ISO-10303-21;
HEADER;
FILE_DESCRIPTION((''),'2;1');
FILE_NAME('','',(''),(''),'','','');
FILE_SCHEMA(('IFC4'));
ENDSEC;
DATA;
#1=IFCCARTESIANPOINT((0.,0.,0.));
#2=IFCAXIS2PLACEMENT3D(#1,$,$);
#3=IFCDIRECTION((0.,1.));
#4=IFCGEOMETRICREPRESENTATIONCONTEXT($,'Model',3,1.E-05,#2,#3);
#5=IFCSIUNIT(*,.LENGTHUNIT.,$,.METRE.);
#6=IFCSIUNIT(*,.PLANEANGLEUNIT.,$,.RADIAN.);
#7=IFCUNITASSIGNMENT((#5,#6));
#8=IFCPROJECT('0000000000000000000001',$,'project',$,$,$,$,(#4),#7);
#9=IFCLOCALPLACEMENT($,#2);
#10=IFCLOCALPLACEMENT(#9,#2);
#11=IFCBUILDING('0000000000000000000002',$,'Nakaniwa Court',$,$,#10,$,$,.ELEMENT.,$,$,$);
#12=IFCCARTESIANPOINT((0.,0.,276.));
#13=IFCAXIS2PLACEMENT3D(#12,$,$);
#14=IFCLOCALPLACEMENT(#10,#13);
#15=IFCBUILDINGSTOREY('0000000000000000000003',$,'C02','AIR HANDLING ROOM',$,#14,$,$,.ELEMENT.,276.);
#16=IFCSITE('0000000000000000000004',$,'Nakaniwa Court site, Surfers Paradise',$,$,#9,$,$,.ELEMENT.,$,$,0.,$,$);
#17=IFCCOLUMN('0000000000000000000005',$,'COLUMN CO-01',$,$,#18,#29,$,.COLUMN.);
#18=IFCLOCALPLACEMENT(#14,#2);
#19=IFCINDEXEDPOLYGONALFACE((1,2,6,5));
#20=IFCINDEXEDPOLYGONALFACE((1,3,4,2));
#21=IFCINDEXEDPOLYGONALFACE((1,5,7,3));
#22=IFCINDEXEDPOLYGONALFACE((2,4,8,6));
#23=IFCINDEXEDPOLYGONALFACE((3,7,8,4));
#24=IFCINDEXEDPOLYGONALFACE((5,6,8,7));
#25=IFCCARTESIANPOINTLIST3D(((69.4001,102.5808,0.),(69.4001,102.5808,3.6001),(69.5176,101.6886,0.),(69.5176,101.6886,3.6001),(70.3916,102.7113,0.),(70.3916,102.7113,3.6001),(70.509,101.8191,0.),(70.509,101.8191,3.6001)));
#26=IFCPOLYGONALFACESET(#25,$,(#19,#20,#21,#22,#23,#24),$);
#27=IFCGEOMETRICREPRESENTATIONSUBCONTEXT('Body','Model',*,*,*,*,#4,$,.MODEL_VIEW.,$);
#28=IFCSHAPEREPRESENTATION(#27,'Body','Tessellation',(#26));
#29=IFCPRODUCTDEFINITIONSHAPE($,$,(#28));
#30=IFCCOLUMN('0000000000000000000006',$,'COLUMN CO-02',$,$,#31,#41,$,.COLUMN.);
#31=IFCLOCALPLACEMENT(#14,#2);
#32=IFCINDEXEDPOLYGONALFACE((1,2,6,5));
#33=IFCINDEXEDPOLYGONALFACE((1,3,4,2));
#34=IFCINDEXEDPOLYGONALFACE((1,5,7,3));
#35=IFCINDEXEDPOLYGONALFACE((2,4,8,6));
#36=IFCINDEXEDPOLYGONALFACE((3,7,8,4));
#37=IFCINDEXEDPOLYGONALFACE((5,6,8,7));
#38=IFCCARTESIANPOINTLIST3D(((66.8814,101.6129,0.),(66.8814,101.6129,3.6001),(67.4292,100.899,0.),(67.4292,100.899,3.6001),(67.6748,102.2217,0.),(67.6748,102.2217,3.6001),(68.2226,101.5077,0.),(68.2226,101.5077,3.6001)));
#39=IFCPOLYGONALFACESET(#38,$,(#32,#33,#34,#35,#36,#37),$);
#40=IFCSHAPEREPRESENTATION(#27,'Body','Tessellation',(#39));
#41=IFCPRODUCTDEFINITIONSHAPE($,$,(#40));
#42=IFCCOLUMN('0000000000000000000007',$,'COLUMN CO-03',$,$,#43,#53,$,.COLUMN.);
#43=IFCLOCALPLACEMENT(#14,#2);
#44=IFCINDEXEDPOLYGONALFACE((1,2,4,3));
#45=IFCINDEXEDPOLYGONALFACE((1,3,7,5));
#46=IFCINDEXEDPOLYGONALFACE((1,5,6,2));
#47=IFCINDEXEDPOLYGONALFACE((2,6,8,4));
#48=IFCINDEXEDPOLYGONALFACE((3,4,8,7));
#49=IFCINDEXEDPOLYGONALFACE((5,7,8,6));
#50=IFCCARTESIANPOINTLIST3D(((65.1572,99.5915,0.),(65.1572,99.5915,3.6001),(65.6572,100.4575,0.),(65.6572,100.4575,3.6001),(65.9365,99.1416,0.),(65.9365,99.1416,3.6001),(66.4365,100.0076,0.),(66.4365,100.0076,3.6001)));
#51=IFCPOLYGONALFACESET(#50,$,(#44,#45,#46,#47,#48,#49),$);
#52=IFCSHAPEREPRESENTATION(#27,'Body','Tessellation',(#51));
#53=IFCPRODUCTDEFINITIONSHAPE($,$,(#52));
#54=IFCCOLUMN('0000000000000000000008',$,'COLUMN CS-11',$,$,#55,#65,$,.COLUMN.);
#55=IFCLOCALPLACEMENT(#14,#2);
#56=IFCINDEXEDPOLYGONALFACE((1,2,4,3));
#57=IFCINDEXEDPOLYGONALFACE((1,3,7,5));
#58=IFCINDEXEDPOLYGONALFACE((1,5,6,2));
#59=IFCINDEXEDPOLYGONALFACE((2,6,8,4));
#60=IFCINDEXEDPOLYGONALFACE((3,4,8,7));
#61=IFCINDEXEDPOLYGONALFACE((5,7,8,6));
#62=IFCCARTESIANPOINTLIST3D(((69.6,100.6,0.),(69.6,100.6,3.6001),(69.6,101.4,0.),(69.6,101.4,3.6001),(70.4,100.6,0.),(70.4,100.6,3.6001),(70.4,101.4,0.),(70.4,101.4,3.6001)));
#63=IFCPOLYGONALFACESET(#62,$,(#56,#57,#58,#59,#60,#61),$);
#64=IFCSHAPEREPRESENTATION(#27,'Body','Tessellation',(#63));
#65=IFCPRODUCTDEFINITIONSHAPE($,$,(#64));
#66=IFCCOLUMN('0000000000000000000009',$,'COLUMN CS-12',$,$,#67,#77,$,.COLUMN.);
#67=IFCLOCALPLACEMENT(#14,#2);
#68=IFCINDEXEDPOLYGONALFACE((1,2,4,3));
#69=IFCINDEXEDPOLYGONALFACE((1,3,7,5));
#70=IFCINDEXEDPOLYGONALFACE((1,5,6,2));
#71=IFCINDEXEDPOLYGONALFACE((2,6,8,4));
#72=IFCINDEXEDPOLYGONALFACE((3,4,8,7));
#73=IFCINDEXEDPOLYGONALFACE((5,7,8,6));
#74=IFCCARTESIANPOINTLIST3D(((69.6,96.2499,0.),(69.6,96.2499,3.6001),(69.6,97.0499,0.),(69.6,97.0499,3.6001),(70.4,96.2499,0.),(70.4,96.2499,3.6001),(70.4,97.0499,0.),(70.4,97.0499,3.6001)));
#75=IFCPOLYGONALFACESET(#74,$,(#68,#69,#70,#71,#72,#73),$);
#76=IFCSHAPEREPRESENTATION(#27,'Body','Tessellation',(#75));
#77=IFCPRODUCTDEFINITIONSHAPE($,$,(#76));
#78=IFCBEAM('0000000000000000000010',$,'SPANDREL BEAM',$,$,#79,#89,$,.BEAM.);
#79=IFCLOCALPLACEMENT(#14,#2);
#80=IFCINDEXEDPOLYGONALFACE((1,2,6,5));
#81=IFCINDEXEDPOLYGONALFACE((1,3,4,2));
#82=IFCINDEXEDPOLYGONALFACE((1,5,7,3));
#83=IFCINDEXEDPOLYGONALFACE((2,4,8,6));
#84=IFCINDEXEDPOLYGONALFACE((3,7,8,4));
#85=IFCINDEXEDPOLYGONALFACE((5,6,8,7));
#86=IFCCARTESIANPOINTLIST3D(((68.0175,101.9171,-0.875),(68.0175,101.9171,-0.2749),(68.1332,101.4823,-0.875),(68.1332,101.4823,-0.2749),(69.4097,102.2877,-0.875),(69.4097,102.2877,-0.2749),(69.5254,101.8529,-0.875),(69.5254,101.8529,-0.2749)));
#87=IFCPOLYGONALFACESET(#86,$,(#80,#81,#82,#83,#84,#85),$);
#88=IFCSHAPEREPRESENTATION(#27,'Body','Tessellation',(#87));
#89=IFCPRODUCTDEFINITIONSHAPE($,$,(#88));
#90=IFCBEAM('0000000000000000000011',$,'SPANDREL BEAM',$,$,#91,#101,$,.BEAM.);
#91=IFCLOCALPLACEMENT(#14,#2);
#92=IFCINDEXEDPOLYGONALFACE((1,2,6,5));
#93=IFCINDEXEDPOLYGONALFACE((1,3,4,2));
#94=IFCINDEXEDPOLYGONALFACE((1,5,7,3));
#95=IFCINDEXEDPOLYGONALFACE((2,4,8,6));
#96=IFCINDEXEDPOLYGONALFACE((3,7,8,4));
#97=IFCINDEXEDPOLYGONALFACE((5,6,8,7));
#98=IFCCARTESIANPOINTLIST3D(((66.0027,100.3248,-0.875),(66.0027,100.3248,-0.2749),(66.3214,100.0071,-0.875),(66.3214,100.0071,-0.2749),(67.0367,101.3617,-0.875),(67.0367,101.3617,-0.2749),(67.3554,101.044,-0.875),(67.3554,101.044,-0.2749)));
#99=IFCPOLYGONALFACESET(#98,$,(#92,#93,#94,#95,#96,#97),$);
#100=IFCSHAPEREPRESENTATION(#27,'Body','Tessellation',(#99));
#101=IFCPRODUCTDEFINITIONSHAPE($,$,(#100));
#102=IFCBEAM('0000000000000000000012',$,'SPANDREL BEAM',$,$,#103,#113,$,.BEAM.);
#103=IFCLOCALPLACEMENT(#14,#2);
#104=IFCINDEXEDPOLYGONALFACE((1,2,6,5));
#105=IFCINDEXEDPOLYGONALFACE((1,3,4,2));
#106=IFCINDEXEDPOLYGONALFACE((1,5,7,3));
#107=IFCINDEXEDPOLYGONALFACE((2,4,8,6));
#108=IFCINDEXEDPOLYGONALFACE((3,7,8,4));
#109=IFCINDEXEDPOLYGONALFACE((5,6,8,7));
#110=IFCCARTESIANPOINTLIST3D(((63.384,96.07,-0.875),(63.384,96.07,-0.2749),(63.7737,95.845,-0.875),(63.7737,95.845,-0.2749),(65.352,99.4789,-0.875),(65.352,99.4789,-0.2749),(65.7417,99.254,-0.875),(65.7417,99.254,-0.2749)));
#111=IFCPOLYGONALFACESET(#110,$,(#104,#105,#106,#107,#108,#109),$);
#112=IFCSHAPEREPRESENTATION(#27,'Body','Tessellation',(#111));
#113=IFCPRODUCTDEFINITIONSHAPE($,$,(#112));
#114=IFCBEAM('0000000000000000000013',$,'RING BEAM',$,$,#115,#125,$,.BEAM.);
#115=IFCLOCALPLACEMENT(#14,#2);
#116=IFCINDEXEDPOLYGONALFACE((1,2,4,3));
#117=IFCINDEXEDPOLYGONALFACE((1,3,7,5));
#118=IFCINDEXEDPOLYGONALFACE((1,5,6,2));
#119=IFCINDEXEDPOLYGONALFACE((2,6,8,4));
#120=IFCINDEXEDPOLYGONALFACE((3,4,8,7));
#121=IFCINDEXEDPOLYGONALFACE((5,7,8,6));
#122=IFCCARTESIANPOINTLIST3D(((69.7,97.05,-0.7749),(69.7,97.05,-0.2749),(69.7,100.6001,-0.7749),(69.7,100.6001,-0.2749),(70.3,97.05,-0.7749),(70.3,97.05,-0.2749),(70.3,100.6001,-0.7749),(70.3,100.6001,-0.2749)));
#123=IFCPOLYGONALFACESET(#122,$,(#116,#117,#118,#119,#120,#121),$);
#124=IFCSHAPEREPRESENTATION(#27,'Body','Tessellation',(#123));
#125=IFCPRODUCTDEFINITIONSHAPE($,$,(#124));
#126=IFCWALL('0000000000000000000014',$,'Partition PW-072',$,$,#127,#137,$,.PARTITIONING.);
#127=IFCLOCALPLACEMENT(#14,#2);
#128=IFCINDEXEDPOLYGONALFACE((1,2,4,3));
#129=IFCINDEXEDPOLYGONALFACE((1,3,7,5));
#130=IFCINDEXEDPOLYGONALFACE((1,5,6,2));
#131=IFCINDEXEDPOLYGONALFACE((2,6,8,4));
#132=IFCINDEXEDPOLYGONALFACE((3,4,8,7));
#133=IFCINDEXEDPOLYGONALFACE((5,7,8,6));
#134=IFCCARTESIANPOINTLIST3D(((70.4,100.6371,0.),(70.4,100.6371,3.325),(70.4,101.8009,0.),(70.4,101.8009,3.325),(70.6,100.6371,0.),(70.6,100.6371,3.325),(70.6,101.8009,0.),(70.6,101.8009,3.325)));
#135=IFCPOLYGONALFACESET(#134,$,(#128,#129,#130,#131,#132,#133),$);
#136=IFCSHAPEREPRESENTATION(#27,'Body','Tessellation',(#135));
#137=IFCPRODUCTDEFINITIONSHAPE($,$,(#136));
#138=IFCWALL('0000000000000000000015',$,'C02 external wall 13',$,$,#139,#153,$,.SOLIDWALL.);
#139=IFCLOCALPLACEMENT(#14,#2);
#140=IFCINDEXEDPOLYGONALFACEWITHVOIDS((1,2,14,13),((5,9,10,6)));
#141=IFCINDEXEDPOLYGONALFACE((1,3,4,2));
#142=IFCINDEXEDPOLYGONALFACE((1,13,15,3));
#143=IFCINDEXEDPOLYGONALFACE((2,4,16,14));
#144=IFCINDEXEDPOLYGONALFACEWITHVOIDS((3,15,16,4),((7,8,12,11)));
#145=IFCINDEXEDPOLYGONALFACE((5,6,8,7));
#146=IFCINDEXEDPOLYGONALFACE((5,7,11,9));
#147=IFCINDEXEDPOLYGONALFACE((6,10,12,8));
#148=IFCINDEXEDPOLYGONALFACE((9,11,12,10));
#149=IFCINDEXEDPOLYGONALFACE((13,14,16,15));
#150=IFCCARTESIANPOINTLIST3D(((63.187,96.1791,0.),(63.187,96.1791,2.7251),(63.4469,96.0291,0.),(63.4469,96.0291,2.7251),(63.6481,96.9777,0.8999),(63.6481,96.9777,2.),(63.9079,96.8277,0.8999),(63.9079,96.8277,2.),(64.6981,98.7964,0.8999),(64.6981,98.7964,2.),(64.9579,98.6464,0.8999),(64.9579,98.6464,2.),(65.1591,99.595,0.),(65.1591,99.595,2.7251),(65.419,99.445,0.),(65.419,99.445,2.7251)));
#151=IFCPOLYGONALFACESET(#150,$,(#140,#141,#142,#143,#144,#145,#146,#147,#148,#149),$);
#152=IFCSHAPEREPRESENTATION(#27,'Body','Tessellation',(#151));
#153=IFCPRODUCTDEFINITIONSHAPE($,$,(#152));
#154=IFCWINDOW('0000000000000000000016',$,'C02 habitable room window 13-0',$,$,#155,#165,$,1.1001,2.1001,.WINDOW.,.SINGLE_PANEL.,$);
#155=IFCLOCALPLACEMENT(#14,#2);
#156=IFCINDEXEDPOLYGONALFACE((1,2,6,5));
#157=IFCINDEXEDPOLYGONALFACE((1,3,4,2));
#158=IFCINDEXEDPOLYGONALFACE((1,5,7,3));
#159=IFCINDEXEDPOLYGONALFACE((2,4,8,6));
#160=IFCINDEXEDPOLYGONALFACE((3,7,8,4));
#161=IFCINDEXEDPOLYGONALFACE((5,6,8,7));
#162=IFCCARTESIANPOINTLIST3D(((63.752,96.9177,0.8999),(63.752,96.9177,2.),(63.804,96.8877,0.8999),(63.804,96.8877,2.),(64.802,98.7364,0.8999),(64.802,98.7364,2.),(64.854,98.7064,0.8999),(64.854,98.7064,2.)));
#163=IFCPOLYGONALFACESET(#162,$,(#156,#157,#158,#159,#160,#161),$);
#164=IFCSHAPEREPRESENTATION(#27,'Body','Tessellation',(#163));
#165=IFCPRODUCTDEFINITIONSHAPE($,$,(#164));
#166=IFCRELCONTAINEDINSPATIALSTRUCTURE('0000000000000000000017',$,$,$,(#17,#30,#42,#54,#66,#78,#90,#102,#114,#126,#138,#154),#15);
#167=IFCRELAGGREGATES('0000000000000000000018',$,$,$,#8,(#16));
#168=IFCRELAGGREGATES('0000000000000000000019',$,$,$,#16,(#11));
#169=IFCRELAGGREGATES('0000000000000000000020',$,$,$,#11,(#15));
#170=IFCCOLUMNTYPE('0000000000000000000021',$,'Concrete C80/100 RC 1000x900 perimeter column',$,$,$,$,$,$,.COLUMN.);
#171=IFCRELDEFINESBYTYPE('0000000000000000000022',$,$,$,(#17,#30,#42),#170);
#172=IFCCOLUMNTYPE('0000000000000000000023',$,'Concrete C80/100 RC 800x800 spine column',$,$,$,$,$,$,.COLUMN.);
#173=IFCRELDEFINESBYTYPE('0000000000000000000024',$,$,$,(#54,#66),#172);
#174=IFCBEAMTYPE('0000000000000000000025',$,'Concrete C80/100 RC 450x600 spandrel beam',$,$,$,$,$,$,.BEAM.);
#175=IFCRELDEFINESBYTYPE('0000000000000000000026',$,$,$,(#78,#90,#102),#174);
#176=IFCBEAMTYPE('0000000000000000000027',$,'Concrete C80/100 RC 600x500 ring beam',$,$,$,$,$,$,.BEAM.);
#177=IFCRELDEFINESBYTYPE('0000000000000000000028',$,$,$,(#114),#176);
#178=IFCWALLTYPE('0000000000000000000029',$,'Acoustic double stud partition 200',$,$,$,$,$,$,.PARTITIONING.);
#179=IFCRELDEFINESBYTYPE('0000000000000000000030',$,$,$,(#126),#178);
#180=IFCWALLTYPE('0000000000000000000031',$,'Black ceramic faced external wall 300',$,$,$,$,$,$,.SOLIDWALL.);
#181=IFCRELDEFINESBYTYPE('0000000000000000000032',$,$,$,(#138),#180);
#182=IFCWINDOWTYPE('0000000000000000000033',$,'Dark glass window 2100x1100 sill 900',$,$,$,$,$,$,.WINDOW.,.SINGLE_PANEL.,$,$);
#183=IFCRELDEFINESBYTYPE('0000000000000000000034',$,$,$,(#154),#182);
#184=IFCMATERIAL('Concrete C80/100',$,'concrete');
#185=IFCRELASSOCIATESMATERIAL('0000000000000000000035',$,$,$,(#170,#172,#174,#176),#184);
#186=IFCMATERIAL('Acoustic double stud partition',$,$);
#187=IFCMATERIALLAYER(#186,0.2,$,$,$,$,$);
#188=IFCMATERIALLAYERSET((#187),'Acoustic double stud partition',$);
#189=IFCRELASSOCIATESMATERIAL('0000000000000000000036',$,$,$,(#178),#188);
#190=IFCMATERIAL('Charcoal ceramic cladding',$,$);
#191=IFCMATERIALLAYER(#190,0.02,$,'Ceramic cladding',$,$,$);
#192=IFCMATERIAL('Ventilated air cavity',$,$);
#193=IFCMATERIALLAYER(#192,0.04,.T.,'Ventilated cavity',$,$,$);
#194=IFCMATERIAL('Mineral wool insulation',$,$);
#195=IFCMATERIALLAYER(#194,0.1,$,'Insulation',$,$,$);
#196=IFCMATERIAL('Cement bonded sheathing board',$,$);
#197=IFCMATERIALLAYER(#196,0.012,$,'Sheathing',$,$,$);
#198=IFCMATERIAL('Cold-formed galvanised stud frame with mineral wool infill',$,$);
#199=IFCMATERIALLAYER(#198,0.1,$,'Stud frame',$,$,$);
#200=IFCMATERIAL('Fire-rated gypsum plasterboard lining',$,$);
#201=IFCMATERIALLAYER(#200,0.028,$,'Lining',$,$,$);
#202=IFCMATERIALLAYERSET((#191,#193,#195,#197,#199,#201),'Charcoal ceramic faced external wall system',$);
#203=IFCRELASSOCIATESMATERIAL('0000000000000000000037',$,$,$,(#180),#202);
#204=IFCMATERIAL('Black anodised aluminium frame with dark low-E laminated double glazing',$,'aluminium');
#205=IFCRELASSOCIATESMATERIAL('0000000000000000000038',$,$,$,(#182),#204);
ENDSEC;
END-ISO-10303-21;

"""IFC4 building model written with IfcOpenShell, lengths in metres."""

from ifc_helpers import new_model, si_unit, direction, frame, frame_2d, origin, origin_2d, place, context, subcontext, project, spatial, rectangle, extrude, material, layer, layer_set, material_profile, profile_set, type_object, element, fill, save


model = new_model("IFC4")

# Units and contexts
model_context = context("Model", 3, precision=1e-05, world=origin(), true_north=direction((0.0, 1.0)))
body_context = subcontext(model_context, "Body", "Model", "MODEL_VIEW")
ifc_project = project(units=[si_unit("LENGTHUNIT", "METRE"), si_unit("PLANEANGLEUNIT", "RADIAN")], contexts=[model_context])

# Site, building, storey
site_placement = place(None, origin())
site = spatial("IfcSite", under=ifc_project, at=site_placement, Name="Nakaniwa Court site, Surfers Paradise", CompositionType="ELEMENT", RefElevation=0.0)
building_placement = place(site_placement, origin())
building = spatial("IfcBuilding", under=site, at=building_placement, Name="Nakaniwa Court", CompositionType="ELEMENT")
storey_placement = place(building_placement, frame((0.0, 0.0, 276.0)))
storey = spatial("IfcBuildingStorey", under=building, at=storey_placement, Name="C02", Description="AIR HANDLING ROOM", CompositionType="ELEMENT", Elevation=276.0)

# Columns
ifc_material_1 = material(Name="Concrete C80/100", Category="concrete")
ifc_material_profile_1 = material_profile(ifc_material_1, rectangle(XDim=1.0, YDim=0.8999, at=origin_2d()), Name="Concrete C80/100 RC 1000x900 perimeter column")
ifc_profile_set_1 = profile_set([ifc_material_profile_1], Name="Concrete C80/100")
column_type_1 = type_object("IfcColumnType", Name="Concrete C80/100 RC 1000x900 perimeter column", PredefinedType="COLUMN", material=ifc_profile_set_1)
for number, where, z_axis, x_axis, name in (
    (1, (69.9546, 102.2, 0.0), (0.0, 0.0, 1.0), (-0.991443, -0.130543, 0.0), "COLUMN CO-01"),
    (2, (67.552, 101.5603, 0.0), (0.0, 0.0, 1.0), (-0.793364, -0.608748, 0.0), "COLUMN CO-02"),
    (3, (65.7969, 99.7996, 0.0), (0.0, 0.0, 1.0), (-0.5, -0.866025, 0.0), "COLUMN CO-03"),
):
    element("IfcColumn", number, at=place(storey_placement, frame(where, z_axis=z_axis, x_axis=x_axis)), inside=storey, type_object=column_type_1, Name=name, PredefinedType="COLUMN", context=body_context, shape_type="SweptSolid", body=[
        extrude(rectangle(XDim=1.0, YDim=0.8999, at=origin_2d()), origin(), (0.0, 0.0, 1.0), 3.6001),
    ])
ifc_material_profile_2 = material_profile(ifc_material_1, rectangle(XDim=0.8, YDim=0.8, at=origin_2d()), Name="Concrete C80/100 RC 800x800 spine column")
ifc_profile_set_2 = profile_set([ifc_material_profile_2], Name="Concrete C80/100")
column_type_2 = type_object("IfcColumnType", Name="Concrete C80/100 RC 800x800 spine column", PredefinedType="COLUMN", material=ifc_profile_set_2)
for number, where, z_axis, x_axis, name in (
    (4, (70.0, 101.0, 0.0), (0.0, 0.0, 1.0), (0.0, -1.0, 0.0), "COLUMN CS-11"),
    (5, (70.0, 96.6499, 0.0), (0.0, 0.0, 1.0), (0.0, -1.0, 0.0), "COLUMN CS-12"),
):
    element("IfcColumn", number, at=place(storey_placement, frame(where, z_axis=z_axis, x_axis=x_axis)), inside=storey, type_object=column_type_2, Name=name, PredefinedType="COLUMN", context=body_context, shape_type="SweptSolid", body=[
        extrude(rectangle(XDim=0.8, YDim=0.8, at=origin_2d()), origin(), (0.0, 0.0, 1.0), 3.6001),
    ])

# Beams
ifc_material_profile_3 = material_profile(ifc_material_1, rectangle(XDim=0.45, YDim=0.6001, at=origin_2d()), Name="Concrete C80/100 RC 450x600 spandrel beam")
ifc_profile_set_3 = profile_set([ifc_material_profile_3], Name="Concrete C80/100")
beam_type_1 = type_object("IfcBeamType", Name="Concrete C80/100 RC 450x600 spandrel beam", PredefinedType="BEAM", material=ifc_profile_set_3)
beam_1_placement = place(storey_placement, frame((69.4675, 102.0703, -0.575), z_axis=(-0.966342, -0.257262, 0.0), x_axis=(0.257262, -0.966342, 0.0)))
element("IfcBeam", 6, at=beam_1_placement, inside=storey, type_object=beam_type_1, Name="SPANDREL BEAM", PredefinedType="BEAM", context=body_context, shape_type="SweptSolid", body=[
    extrude(rectangle(XDim=0.45, YDim=0.6001, at=origin_2d()), origin(), (0.0, 0.0, 1.0), 1.4407),
])
beam_2_placement = place(storey_placement, frame((67.196, 101.2029, -0.575), z_axis=(-0.706106, -0.708106, 0.0), x_axis=(0.708106, -0.706106, 0.0)))
element("IfcBeam", 7, at=beam_2_placement, inside=storey, type_object=beam_type_1, Name="SPANDREL BEAM", PredefinedType="BEAM", context=body_context, shape_type="SweptSolid", body=[
    extrude(rectangle(XDim=0.45, YDim=0.6001, at=origin_2d()), origin(), (0.0, 0.0, 1.0), 1.4644),
])
beam_3_placement = place(storey_placement, frame((65.5469, 99.3665, -0.575), z_axis=(-0.499975, -0.86604, 0.0), x_axis=(0.86604, -0.499975, 0.0)))
element("IfcBeam", 8, at=beam_3_placement, inside=storey, type_object=beam_type_1, Name="SPANDREL BEAM", PredefinedType="BEAM", context=body_context, shape_type="SweptSolid", body=[
    extrude(rectangle(XDim=0.45, YDim=0.6001, at=origin_2d()), origin(), (0.0, 0.0, 1.0), 3.9363),
])
ifc_material_profile_4 = material_profile(ifc_material_1, rectangle(XDim=0.6001, YDim=0.5, at=origin_2d()), Name="Concrete C80/100 RC 600x500 ring beam")
ifc_profile_set_4 = profile_set([ifc_material_profile_4], Name="Concrete C80/100")
beam_type_2 = type_object("IfcBeamType", Name="Concrete C80/100 RC 600x500 ring beam", PredefinedType="BEAM", material=ifc_profile_set_4)
beam_4_placement = place(storey_placement, frame((70.0, 100.6001, -0.5249), z_axis=(0.0, -1.0, 0.0), x_axis=(1.0, 0.0, 0.0)))
element("IfcBeam", 9, at=beam_4_placement, inside=storey, type_object=beam_type_2, Name="RING BEAM", PredefinedType="BEAM", context=body_context, shape_type="SweptSolid", body=[
    extrude(rectangle(XDim=0.6001, YDim=0.5, at=origin_2d()), origin(), (0.0, 0.0, 1.0), 3.55),
])

# Wall
ifc_material_2 = material(Name="Acoustic double stud partition")
ifc_layer_1 = layer(ifc_material_2, 0.2)
ifc_layer_set_1 = layer_set([ifc_layer_1], Name="Acoustic double stud partition")
wall_type_1 = type_object("IfcWallType", Name="Acoustic double stud partition 200", PredefinedType="PARTITIONING", material=ifc_layer_set_1)
wall_1_placement = place(storey_placement, frame((70.5, 100.637, 0.0), z_axis=(0.0, 0.0, 1.0), x_axis=(0.0, 1.0, 0.0)))
element("IfcWall", 10, at=wall_1_placement, inside=storey, type_object=wall_type_1, Name="Partition PW-072", PredefinedType="PARTITIONING", context=body_context, shape_type="SweptSolid", body=[
    extrude(rectangle(XDim=1.1638, YDim=0.2, at=frame_2d((0.582, 0.0))), origin(), (0.0, 0.0, 1.0), 3.325),
])

# Wall, opening, window
ifc_material_3 = material(Name="Charcoal ceramic cladding")
ifc_layer_2 = layer(ifc_material_3, 0.02, Name="Ceramic cladding")
ifc_material_4 = material(Name="Ventilated air cavity")
ifc_layer_3 = layer(ifc_material_4, 0.04, ventilated=True, Name="Ventilated cavity")
ifc_material_5 = material(Name="Mineral wool insulation")
ifc_layer_4 = layer(ifc_material_5, 0.1, Name="Insulation")
ifc_material_6 = material(Name="Cement bonded sheathing board")
ifc_layer_5 = layer(ifc_material_6, 0.012, Name="Sheathing")
ifc_material_7 = material(Name="Cold-formed galvanised stud frame with mineral wool infill")
ifc_layer_6 = layer(ifc_material_7, 0.1, Name="Stud frame")
ifc_material_8 = material(Name="Fire-rated gypsum plasterboard lining")
ifc_layer_7 = layer(ifc_material_8, 0.028, Name="Lining")
ifc_layer_set_2 = layer_set([ifc_layer_2, ifc_layer_3, ifc_layer_4, ifc_layer_5, ifc_layer_6, ifc_layer_7], Name="Charcoal ceramic faced external wall system")
wall_type_2 = type_object("IfcWallType", Name="Black ceramic faced external wall 300", PredefinedType="SOLIDWALL", material=ifc_layer_set_2)
wall_2_placement = place(storey_placement, frame((65.2891, 99.52, 0.0), z_axis=(0.0, 0.0, 1.0), x_axis=(-0.499987, -0.866033, 0.0)))
wall_2 = element("IfcWall", 11, at=wall_2_placement, inside=storey, type_object=wall_type_2, Name="C02 external wall 13", PredefinedType="SOLIDWALL", context=body_context, shape_type="SweptSolid", body=[
    extrude(rectangle(XDim=3.9443, YDim=0.3, at=frame_2d((1.9722, 0.0))), origin(), (0.0, 0.0, 1.0), 2.7251),
])
opening_1_placement = place(wall_2_placement, frame((0.9221, 0.0, 0.8999)))
opening_1 = element("IfcOpeningElement", 12, at=opening_1_placement, cuts=wall_2, PredefinedType="OPENING", context=body_context, shape_type="SweptSolid", body=[
    extrude(rectangle(XDim=2.1001, YDim=1.1001, at=frame_2d((1.05, 0.55))), frame((0.0, 0.1599, 0.0), z_axis=(0.0, -1.0, 0.0), x_axis=(1.0, 0.0, 0.0)), (0.0, 0.0, 1.0), 0.3201),
])
ifc_material_9 = material(Name="Black anodised aluminium frame with dark low-E laminated double glazing", Category="aluminium")
window_type_1 = type_object("IfcWindowType", Name="Dark glass window 2100x1100 sill 900", PartitioningType="SINGLE_PANEL", PredefinedType="WINDOW", material=ifc_material_9)
window_1_placement = place(opening_1_placement, origin())
window_1 = element("IfcWindow", 13, at=window_1_placement, inside=storey, type_object=window_type_1, Name="C02 habitable room window 13-0", OverallHeight=1.1001, OverallWidth=2.1001, PartitioningType="SINGLE_PANEL", PredefinedType="WINDOW", context=body_context, shape_type="SweptSolid", body=[
    extrude(rectangle(XDim=2.1001, YDim=1.1001, at=frame_2d((1.05, 0.55))), frame((0.0, 0.03, 0.0), z_axis=(0.0, -1.0, 0.0), x_axis=(1.0, 0.0, 0.0)), (0.0, 0.0, 1.0), 0.0601),
])
fill(opening_1, window_1)

save(model, "model.ifc")
